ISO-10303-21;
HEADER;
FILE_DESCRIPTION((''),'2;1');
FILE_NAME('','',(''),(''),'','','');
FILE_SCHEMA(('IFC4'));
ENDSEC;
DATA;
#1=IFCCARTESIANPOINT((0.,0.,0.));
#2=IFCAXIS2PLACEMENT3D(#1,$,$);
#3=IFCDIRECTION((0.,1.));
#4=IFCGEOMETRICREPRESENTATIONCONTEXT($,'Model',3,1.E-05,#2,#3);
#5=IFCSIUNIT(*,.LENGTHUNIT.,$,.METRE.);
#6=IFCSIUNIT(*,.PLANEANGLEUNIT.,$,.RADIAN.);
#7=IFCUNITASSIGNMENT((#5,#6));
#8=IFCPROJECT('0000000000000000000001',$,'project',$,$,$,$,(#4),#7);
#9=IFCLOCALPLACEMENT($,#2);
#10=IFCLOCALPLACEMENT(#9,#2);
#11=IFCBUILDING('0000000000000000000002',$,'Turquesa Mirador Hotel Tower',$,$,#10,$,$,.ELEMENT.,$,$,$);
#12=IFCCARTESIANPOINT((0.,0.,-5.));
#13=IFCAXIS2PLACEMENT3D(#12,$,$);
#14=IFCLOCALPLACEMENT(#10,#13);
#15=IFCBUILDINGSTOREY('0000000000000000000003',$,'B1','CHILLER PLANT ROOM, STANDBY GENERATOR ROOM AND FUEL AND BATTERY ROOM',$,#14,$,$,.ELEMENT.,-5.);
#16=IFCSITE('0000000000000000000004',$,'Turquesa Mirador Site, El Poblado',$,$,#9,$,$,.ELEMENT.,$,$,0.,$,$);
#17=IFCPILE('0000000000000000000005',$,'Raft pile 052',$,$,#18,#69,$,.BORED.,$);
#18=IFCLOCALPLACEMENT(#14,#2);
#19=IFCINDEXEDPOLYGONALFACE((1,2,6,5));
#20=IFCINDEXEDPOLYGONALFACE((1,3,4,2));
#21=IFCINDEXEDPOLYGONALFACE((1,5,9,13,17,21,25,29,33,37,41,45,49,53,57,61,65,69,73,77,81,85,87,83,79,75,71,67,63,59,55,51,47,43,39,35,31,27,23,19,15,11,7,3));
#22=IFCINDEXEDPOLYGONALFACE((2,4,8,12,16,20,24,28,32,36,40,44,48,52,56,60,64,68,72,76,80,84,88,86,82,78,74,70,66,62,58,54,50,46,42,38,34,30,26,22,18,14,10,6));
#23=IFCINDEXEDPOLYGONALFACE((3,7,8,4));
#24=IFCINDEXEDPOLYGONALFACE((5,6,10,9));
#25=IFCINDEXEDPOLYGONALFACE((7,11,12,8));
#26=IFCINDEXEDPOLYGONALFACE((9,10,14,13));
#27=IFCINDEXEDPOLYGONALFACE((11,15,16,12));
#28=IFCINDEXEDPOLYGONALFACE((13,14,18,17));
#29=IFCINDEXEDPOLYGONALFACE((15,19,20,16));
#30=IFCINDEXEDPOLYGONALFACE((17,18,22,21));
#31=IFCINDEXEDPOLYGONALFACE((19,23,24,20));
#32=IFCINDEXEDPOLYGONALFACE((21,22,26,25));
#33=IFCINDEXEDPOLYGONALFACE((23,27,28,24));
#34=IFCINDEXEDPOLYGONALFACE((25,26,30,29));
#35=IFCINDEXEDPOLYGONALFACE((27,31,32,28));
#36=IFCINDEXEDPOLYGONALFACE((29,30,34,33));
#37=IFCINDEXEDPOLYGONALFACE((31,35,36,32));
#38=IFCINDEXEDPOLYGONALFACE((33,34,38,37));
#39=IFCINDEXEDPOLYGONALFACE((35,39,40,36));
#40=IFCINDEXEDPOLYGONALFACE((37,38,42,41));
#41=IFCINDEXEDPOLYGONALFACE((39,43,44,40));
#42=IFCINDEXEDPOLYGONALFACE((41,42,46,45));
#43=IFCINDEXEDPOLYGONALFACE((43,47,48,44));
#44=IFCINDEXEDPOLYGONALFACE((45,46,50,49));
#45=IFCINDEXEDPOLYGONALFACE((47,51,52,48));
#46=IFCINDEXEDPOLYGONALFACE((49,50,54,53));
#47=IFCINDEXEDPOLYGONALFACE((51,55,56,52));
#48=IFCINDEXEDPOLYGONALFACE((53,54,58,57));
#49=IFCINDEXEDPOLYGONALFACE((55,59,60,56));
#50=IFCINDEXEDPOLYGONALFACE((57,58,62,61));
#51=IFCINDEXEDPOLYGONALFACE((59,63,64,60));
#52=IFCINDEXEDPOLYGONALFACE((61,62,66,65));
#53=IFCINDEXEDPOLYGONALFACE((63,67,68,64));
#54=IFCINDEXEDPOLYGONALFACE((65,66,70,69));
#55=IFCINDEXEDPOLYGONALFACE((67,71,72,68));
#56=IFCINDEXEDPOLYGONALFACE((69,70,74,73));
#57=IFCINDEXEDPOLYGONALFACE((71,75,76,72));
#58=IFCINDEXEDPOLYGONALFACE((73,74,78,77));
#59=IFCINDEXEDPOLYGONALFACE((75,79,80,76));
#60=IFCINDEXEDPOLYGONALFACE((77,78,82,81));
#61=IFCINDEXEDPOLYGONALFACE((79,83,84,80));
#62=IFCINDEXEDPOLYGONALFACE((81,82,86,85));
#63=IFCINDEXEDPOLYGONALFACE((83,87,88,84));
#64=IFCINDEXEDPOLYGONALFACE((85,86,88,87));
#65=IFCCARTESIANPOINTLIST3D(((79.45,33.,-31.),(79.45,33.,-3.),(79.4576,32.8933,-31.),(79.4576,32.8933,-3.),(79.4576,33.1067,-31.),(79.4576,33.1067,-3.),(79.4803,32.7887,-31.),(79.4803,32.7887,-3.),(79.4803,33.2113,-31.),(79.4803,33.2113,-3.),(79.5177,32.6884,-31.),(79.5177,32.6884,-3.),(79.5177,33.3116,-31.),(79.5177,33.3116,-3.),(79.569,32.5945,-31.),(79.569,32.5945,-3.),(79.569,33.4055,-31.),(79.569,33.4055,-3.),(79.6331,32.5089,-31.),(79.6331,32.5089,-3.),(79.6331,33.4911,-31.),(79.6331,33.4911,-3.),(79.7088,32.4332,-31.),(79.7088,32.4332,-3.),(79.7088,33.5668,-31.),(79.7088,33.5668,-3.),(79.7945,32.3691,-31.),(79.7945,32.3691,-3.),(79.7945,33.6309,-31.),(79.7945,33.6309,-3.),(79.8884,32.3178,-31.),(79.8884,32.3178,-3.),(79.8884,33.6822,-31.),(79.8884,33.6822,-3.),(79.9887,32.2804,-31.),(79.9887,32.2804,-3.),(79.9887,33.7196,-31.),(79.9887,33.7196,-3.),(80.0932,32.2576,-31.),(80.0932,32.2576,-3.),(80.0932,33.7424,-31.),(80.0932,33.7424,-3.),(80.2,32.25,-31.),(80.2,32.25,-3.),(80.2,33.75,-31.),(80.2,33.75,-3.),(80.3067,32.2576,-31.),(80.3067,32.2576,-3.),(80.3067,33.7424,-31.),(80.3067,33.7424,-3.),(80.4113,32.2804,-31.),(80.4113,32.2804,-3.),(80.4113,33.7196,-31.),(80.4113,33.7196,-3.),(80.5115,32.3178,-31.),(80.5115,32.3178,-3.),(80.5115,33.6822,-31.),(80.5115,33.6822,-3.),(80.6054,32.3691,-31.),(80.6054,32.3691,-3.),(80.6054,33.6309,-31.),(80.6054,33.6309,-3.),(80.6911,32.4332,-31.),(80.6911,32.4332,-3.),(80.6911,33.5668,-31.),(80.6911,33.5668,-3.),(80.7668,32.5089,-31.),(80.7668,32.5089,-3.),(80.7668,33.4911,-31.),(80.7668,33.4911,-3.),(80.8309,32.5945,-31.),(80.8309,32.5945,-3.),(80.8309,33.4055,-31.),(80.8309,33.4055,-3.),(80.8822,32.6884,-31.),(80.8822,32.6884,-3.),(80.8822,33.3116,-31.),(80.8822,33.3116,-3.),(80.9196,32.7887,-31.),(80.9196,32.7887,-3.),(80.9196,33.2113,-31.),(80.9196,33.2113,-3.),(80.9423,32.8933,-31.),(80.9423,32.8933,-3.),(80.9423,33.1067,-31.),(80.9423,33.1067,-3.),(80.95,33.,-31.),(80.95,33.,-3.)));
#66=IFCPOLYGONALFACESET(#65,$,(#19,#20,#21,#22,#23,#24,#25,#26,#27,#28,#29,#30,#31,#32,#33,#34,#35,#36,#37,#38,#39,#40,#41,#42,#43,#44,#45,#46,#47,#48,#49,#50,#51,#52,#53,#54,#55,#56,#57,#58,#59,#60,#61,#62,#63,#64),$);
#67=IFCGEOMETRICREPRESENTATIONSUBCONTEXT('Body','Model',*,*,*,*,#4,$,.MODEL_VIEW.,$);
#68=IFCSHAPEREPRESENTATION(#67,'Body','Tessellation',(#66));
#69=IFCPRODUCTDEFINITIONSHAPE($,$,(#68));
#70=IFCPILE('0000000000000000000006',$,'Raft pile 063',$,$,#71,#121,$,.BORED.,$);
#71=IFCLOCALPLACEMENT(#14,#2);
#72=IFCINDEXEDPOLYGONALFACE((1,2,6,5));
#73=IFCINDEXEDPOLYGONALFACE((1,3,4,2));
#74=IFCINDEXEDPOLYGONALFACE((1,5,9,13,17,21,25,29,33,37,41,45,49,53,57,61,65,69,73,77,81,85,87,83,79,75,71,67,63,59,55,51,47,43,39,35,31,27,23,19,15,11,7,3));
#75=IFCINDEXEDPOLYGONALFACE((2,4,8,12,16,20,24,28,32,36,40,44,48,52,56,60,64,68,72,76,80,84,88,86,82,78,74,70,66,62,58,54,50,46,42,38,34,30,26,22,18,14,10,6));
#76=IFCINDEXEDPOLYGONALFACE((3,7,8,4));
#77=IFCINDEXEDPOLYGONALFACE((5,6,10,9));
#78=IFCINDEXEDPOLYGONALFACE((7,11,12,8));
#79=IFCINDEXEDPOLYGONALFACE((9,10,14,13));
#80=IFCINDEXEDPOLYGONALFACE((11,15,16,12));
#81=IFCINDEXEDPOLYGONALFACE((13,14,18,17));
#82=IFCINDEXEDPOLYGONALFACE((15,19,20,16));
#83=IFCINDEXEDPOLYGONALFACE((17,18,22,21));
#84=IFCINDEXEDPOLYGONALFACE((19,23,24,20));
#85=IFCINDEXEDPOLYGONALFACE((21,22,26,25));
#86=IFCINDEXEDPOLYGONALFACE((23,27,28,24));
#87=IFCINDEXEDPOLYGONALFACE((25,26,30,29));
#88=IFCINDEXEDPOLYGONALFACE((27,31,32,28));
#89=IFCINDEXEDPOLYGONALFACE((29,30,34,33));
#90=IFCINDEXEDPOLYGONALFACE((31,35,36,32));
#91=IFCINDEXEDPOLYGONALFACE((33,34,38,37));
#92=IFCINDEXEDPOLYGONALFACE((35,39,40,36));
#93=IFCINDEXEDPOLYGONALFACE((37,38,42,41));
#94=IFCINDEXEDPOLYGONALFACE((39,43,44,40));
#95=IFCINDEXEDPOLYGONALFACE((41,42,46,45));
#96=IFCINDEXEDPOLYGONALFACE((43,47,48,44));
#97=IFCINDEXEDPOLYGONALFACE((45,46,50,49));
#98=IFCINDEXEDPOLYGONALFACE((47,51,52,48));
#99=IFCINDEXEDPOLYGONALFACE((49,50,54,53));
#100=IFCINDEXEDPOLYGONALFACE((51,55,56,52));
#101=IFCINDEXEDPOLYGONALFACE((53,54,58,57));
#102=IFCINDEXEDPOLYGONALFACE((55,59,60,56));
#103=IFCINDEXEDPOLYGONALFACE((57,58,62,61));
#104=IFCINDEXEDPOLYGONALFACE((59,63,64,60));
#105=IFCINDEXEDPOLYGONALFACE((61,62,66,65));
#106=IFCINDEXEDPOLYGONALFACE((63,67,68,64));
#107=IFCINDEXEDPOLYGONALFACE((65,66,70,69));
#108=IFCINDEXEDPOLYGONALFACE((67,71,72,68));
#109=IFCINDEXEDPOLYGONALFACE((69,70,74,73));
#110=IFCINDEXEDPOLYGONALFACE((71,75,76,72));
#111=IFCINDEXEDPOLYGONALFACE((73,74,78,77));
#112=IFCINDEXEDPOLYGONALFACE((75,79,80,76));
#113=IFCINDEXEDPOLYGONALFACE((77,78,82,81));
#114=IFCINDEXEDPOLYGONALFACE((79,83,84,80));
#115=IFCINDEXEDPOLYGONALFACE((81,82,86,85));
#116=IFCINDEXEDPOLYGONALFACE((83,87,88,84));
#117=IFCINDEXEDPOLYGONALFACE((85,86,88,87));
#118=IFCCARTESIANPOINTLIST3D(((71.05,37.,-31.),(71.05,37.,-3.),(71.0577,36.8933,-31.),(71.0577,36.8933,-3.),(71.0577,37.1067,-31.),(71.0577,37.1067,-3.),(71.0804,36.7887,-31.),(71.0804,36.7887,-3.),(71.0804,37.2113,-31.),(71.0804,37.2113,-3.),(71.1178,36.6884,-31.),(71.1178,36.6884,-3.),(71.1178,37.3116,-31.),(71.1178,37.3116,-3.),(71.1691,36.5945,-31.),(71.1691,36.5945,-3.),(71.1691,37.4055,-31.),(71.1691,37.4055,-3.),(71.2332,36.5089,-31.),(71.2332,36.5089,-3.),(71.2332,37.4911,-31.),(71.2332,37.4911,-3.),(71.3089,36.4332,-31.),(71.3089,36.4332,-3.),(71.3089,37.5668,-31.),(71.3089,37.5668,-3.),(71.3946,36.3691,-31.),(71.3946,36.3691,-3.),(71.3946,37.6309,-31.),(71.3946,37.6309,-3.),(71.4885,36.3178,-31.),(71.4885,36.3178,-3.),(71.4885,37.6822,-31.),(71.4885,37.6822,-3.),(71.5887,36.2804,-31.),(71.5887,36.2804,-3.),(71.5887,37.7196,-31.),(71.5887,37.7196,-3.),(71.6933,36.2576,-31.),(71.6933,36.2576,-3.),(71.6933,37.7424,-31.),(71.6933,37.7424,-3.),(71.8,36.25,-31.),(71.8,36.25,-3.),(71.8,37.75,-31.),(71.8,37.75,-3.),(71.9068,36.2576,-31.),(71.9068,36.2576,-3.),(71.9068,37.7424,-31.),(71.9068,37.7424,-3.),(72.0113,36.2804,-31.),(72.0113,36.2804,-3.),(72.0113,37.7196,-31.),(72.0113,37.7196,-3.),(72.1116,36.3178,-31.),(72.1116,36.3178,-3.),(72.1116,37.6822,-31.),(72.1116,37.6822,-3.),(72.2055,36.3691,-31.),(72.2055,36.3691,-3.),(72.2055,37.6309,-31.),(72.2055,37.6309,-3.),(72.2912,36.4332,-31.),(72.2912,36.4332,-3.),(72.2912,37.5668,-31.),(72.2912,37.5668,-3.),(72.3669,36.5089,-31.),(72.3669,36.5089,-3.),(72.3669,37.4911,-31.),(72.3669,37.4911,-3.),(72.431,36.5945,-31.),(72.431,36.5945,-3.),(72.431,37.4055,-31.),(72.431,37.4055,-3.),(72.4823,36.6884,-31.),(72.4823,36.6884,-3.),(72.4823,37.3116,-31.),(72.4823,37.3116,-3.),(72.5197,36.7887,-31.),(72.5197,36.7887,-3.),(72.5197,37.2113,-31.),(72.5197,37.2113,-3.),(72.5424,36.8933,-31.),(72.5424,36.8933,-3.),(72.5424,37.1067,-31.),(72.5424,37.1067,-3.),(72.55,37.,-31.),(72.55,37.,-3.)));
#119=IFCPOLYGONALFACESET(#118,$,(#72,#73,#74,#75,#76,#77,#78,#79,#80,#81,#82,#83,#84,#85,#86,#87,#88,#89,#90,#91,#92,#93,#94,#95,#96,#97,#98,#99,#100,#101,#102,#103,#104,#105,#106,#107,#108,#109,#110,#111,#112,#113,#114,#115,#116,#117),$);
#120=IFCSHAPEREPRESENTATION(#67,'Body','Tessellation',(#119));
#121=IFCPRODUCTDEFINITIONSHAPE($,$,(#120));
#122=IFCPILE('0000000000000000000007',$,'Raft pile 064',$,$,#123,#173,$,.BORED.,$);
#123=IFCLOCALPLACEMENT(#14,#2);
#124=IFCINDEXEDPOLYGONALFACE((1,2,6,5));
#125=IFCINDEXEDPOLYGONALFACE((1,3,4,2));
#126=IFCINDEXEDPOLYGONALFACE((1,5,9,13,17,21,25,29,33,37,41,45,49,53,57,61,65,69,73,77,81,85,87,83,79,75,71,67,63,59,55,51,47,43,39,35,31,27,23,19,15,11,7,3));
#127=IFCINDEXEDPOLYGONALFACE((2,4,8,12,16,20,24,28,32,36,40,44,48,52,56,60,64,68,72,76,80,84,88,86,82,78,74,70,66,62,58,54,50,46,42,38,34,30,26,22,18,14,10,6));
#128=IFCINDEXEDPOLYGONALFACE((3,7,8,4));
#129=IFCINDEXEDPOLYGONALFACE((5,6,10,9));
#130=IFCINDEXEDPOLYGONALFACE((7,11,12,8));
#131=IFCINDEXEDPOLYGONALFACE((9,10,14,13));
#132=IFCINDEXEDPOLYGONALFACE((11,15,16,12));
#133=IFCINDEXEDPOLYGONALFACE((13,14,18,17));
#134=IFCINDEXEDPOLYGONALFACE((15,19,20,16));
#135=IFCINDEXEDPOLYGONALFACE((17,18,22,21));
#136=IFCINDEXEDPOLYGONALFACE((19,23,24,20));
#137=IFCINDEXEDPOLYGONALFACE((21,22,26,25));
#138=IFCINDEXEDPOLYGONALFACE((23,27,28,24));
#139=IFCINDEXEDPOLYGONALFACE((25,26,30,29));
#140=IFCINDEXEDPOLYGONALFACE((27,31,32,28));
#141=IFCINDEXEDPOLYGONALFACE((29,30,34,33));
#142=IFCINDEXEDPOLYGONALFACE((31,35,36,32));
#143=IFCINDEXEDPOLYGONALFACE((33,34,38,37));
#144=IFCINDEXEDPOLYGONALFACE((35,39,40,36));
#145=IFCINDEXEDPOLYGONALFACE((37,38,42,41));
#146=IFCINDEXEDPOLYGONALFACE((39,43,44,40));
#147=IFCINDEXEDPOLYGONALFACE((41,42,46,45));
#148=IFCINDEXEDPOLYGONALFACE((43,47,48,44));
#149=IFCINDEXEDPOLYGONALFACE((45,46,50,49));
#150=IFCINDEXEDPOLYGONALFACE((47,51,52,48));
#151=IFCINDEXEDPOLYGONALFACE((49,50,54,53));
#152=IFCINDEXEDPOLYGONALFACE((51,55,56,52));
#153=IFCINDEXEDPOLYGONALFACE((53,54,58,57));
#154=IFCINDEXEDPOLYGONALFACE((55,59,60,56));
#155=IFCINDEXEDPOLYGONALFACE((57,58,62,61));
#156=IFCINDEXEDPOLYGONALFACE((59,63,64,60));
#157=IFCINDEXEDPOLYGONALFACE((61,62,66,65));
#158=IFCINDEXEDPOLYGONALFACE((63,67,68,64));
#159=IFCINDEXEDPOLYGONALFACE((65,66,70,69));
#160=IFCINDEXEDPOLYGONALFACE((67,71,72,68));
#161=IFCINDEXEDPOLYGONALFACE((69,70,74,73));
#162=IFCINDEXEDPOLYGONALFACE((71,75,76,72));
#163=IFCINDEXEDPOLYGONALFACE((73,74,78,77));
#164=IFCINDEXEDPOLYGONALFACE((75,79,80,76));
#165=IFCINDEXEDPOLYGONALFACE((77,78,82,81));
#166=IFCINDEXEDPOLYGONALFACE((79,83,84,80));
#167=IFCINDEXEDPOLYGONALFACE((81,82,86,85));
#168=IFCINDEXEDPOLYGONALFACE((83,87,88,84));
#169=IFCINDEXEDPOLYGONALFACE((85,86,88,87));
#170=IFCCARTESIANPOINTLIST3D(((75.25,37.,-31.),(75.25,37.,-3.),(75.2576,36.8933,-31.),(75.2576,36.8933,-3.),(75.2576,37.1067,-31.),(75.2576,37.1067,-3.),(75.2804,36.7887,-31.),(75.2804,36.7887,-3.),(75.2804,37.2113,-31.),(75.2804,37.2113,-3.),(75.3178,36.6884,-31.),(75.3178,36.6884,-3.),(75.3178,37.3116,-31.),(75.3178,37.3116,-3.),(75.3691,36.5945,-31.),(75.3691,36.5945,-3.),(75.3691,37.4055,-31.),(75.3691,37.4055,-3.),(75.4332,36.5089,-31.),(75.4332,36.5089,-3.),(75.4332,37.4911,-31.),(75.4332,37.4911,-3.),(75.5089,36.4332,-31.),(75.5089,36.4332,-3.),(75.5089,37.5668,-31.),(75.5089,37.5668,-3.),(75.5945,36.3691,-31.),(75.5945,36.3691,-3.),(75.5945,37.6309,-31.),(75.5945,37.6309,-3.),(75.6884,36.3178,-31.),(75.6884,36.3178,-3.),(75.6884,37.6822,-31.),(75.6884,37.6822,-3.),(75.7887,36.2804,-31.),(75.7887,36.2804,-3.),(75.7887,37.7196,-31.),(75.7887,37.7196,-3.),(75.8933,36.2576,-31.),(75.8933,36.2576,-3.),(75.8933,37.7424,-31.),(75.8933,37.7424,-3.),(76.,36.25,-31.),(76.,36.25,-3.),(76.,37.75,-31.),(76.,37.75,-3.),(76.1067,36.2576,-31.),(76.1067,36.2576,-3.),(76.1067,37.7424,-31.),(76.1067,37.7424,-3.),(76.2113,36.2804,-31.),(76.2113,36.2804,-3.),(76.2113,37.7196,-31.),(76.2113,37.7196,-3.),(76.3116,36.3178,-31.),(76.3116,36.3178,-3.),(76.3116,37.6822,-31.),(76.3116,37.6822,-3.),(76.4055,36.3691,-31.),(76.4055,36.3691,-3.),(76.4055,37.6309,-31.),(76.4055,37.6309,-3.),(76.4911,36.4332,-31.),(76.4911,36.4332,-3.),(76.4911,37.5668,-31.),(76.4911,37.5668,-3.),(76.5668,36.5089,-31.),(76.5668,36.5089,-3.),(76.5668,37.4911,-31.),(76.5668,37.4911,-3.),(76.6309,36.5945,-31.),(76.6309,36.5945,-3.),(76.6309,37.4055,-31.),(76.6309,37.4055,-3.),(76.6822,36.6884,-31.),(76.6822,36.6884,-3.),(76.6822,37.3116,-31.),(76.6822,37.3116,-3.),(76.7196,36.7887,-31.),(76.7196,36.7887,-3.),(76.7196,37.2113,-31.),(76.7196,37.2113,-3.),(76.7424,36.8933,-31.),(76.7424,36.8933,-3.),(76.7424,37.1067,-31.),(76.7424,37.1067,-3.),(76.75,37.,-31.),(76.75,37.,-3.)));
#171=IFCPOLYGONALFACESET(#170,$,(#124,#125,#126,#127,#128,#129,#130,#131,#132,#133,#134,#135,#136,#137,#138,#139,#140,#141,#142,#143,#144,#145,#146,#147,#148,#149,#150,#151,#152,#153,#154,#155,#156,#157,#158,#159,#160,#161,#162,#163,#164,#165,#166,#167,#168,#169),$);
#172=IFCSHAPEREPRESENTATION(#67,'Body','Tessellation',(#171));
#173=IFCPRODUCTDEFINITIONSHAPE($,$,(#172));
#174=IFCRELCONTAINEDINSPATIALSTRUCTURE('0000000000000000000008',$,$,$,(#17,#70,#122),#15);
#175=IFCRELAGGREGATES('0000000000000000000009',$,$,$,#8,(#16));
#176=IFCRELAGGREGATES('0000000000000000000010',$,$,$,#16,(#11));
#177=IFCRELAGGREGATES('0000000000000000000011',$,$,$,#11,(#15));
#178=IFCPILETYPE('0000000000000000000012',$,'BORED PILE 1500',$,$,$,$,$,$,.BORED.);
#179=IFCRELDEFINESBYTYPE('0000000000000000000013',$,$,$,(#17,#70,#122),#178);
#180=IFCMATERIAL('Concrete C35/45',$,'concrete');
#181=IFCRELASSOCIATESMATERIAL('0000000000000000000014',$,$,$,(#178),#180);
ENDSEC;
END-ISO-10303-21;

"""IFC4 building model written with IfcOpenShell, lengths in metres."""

from ifc_helpers import new_model, si_unit, direction, frame, origin, origin_2d, place, context, subcontext, project, spatial, circle, extrude, material, type_object, element, save


model = new_model("IFC4")

# Units and contexts
model_context = context("Model", 3, precision=1e-05, world=origin(), true_north=direction((0.0, 1.0)))
body_context = subcontext(model_context, "Body", "Model", "MODEL_VIEW")
ifc_project = project(units=[si_unit("LENGTHUNIT", "METRE"), si_unit("PLANEANGLEUNIT", "RADIAN")], contexts=[model_context])

# Site, building, storey
site_placement = place(None, origin())
site = spatial("IfcSite", under=ifc_project, at=site_placement, Name="Turquesa Mirador Site, El Poblado", CompositionType="ELEMENT", RefElevation=0.0)
building_placement = place(site_placement, origin())
building = spatial("IfcBuilding", under=site, at=building_placement, Name="Turquesa Mirador Hotel Tower", CompositionType="ELEMENT")
storey_placement = place(building_placement, frame((0.0, 0.0, -5.0)))
storey = spatial("IfcBuildingStorey", under=building, at=storey_placement, Name="B1", Description="CHILLER PLANT ROOM, STANDBY GENERATOR ROOM AND FUEL AND BATTERY ROOM", CompositionType="ELEMENT", Elevation=-5.0)

# Piles
ifc_material_1 = material(Name="Concrete C35/45", Category="concrete")
pile_type_1 = type_object("IfcPileType", Name="BORED PILE 1500", PredefinedType="BORED", material=ifc_material_1)
for number, where, z_axis, x_axis, name in (
    (1, (80.2, 33.0, -3.0), (0.0, 0.0, -1.0), (1.0, 0.0, 0.0), "Raft pile 052"),
    (2, (71.8, 37.0, -3.0), (0.0, 0.0, -1.0), (1.0, 0.0, 0.0), "Raft pile 063"),
    (3, (76.0, 37.0, -3.0), (0.0, 0.0, -1.0), (1.0, 0.0, 0.0), "Raft pile 064"),
):
    element("IfcPile", number, at=place(storey_placement, frame(where, z_axis=z_axis, x_axis=x_axis)), inside=storey, type_object=pile_type_1, Name=name, PredefinedType="BORED", context=body_context, shape_type="SweptSolid", body=[
        extrude(circle(Radius=0.75, at=origin_2d()), origin(), (0.0, 0.0, 1.0), 28.0),
    ])

save(model, "model.ifc")
